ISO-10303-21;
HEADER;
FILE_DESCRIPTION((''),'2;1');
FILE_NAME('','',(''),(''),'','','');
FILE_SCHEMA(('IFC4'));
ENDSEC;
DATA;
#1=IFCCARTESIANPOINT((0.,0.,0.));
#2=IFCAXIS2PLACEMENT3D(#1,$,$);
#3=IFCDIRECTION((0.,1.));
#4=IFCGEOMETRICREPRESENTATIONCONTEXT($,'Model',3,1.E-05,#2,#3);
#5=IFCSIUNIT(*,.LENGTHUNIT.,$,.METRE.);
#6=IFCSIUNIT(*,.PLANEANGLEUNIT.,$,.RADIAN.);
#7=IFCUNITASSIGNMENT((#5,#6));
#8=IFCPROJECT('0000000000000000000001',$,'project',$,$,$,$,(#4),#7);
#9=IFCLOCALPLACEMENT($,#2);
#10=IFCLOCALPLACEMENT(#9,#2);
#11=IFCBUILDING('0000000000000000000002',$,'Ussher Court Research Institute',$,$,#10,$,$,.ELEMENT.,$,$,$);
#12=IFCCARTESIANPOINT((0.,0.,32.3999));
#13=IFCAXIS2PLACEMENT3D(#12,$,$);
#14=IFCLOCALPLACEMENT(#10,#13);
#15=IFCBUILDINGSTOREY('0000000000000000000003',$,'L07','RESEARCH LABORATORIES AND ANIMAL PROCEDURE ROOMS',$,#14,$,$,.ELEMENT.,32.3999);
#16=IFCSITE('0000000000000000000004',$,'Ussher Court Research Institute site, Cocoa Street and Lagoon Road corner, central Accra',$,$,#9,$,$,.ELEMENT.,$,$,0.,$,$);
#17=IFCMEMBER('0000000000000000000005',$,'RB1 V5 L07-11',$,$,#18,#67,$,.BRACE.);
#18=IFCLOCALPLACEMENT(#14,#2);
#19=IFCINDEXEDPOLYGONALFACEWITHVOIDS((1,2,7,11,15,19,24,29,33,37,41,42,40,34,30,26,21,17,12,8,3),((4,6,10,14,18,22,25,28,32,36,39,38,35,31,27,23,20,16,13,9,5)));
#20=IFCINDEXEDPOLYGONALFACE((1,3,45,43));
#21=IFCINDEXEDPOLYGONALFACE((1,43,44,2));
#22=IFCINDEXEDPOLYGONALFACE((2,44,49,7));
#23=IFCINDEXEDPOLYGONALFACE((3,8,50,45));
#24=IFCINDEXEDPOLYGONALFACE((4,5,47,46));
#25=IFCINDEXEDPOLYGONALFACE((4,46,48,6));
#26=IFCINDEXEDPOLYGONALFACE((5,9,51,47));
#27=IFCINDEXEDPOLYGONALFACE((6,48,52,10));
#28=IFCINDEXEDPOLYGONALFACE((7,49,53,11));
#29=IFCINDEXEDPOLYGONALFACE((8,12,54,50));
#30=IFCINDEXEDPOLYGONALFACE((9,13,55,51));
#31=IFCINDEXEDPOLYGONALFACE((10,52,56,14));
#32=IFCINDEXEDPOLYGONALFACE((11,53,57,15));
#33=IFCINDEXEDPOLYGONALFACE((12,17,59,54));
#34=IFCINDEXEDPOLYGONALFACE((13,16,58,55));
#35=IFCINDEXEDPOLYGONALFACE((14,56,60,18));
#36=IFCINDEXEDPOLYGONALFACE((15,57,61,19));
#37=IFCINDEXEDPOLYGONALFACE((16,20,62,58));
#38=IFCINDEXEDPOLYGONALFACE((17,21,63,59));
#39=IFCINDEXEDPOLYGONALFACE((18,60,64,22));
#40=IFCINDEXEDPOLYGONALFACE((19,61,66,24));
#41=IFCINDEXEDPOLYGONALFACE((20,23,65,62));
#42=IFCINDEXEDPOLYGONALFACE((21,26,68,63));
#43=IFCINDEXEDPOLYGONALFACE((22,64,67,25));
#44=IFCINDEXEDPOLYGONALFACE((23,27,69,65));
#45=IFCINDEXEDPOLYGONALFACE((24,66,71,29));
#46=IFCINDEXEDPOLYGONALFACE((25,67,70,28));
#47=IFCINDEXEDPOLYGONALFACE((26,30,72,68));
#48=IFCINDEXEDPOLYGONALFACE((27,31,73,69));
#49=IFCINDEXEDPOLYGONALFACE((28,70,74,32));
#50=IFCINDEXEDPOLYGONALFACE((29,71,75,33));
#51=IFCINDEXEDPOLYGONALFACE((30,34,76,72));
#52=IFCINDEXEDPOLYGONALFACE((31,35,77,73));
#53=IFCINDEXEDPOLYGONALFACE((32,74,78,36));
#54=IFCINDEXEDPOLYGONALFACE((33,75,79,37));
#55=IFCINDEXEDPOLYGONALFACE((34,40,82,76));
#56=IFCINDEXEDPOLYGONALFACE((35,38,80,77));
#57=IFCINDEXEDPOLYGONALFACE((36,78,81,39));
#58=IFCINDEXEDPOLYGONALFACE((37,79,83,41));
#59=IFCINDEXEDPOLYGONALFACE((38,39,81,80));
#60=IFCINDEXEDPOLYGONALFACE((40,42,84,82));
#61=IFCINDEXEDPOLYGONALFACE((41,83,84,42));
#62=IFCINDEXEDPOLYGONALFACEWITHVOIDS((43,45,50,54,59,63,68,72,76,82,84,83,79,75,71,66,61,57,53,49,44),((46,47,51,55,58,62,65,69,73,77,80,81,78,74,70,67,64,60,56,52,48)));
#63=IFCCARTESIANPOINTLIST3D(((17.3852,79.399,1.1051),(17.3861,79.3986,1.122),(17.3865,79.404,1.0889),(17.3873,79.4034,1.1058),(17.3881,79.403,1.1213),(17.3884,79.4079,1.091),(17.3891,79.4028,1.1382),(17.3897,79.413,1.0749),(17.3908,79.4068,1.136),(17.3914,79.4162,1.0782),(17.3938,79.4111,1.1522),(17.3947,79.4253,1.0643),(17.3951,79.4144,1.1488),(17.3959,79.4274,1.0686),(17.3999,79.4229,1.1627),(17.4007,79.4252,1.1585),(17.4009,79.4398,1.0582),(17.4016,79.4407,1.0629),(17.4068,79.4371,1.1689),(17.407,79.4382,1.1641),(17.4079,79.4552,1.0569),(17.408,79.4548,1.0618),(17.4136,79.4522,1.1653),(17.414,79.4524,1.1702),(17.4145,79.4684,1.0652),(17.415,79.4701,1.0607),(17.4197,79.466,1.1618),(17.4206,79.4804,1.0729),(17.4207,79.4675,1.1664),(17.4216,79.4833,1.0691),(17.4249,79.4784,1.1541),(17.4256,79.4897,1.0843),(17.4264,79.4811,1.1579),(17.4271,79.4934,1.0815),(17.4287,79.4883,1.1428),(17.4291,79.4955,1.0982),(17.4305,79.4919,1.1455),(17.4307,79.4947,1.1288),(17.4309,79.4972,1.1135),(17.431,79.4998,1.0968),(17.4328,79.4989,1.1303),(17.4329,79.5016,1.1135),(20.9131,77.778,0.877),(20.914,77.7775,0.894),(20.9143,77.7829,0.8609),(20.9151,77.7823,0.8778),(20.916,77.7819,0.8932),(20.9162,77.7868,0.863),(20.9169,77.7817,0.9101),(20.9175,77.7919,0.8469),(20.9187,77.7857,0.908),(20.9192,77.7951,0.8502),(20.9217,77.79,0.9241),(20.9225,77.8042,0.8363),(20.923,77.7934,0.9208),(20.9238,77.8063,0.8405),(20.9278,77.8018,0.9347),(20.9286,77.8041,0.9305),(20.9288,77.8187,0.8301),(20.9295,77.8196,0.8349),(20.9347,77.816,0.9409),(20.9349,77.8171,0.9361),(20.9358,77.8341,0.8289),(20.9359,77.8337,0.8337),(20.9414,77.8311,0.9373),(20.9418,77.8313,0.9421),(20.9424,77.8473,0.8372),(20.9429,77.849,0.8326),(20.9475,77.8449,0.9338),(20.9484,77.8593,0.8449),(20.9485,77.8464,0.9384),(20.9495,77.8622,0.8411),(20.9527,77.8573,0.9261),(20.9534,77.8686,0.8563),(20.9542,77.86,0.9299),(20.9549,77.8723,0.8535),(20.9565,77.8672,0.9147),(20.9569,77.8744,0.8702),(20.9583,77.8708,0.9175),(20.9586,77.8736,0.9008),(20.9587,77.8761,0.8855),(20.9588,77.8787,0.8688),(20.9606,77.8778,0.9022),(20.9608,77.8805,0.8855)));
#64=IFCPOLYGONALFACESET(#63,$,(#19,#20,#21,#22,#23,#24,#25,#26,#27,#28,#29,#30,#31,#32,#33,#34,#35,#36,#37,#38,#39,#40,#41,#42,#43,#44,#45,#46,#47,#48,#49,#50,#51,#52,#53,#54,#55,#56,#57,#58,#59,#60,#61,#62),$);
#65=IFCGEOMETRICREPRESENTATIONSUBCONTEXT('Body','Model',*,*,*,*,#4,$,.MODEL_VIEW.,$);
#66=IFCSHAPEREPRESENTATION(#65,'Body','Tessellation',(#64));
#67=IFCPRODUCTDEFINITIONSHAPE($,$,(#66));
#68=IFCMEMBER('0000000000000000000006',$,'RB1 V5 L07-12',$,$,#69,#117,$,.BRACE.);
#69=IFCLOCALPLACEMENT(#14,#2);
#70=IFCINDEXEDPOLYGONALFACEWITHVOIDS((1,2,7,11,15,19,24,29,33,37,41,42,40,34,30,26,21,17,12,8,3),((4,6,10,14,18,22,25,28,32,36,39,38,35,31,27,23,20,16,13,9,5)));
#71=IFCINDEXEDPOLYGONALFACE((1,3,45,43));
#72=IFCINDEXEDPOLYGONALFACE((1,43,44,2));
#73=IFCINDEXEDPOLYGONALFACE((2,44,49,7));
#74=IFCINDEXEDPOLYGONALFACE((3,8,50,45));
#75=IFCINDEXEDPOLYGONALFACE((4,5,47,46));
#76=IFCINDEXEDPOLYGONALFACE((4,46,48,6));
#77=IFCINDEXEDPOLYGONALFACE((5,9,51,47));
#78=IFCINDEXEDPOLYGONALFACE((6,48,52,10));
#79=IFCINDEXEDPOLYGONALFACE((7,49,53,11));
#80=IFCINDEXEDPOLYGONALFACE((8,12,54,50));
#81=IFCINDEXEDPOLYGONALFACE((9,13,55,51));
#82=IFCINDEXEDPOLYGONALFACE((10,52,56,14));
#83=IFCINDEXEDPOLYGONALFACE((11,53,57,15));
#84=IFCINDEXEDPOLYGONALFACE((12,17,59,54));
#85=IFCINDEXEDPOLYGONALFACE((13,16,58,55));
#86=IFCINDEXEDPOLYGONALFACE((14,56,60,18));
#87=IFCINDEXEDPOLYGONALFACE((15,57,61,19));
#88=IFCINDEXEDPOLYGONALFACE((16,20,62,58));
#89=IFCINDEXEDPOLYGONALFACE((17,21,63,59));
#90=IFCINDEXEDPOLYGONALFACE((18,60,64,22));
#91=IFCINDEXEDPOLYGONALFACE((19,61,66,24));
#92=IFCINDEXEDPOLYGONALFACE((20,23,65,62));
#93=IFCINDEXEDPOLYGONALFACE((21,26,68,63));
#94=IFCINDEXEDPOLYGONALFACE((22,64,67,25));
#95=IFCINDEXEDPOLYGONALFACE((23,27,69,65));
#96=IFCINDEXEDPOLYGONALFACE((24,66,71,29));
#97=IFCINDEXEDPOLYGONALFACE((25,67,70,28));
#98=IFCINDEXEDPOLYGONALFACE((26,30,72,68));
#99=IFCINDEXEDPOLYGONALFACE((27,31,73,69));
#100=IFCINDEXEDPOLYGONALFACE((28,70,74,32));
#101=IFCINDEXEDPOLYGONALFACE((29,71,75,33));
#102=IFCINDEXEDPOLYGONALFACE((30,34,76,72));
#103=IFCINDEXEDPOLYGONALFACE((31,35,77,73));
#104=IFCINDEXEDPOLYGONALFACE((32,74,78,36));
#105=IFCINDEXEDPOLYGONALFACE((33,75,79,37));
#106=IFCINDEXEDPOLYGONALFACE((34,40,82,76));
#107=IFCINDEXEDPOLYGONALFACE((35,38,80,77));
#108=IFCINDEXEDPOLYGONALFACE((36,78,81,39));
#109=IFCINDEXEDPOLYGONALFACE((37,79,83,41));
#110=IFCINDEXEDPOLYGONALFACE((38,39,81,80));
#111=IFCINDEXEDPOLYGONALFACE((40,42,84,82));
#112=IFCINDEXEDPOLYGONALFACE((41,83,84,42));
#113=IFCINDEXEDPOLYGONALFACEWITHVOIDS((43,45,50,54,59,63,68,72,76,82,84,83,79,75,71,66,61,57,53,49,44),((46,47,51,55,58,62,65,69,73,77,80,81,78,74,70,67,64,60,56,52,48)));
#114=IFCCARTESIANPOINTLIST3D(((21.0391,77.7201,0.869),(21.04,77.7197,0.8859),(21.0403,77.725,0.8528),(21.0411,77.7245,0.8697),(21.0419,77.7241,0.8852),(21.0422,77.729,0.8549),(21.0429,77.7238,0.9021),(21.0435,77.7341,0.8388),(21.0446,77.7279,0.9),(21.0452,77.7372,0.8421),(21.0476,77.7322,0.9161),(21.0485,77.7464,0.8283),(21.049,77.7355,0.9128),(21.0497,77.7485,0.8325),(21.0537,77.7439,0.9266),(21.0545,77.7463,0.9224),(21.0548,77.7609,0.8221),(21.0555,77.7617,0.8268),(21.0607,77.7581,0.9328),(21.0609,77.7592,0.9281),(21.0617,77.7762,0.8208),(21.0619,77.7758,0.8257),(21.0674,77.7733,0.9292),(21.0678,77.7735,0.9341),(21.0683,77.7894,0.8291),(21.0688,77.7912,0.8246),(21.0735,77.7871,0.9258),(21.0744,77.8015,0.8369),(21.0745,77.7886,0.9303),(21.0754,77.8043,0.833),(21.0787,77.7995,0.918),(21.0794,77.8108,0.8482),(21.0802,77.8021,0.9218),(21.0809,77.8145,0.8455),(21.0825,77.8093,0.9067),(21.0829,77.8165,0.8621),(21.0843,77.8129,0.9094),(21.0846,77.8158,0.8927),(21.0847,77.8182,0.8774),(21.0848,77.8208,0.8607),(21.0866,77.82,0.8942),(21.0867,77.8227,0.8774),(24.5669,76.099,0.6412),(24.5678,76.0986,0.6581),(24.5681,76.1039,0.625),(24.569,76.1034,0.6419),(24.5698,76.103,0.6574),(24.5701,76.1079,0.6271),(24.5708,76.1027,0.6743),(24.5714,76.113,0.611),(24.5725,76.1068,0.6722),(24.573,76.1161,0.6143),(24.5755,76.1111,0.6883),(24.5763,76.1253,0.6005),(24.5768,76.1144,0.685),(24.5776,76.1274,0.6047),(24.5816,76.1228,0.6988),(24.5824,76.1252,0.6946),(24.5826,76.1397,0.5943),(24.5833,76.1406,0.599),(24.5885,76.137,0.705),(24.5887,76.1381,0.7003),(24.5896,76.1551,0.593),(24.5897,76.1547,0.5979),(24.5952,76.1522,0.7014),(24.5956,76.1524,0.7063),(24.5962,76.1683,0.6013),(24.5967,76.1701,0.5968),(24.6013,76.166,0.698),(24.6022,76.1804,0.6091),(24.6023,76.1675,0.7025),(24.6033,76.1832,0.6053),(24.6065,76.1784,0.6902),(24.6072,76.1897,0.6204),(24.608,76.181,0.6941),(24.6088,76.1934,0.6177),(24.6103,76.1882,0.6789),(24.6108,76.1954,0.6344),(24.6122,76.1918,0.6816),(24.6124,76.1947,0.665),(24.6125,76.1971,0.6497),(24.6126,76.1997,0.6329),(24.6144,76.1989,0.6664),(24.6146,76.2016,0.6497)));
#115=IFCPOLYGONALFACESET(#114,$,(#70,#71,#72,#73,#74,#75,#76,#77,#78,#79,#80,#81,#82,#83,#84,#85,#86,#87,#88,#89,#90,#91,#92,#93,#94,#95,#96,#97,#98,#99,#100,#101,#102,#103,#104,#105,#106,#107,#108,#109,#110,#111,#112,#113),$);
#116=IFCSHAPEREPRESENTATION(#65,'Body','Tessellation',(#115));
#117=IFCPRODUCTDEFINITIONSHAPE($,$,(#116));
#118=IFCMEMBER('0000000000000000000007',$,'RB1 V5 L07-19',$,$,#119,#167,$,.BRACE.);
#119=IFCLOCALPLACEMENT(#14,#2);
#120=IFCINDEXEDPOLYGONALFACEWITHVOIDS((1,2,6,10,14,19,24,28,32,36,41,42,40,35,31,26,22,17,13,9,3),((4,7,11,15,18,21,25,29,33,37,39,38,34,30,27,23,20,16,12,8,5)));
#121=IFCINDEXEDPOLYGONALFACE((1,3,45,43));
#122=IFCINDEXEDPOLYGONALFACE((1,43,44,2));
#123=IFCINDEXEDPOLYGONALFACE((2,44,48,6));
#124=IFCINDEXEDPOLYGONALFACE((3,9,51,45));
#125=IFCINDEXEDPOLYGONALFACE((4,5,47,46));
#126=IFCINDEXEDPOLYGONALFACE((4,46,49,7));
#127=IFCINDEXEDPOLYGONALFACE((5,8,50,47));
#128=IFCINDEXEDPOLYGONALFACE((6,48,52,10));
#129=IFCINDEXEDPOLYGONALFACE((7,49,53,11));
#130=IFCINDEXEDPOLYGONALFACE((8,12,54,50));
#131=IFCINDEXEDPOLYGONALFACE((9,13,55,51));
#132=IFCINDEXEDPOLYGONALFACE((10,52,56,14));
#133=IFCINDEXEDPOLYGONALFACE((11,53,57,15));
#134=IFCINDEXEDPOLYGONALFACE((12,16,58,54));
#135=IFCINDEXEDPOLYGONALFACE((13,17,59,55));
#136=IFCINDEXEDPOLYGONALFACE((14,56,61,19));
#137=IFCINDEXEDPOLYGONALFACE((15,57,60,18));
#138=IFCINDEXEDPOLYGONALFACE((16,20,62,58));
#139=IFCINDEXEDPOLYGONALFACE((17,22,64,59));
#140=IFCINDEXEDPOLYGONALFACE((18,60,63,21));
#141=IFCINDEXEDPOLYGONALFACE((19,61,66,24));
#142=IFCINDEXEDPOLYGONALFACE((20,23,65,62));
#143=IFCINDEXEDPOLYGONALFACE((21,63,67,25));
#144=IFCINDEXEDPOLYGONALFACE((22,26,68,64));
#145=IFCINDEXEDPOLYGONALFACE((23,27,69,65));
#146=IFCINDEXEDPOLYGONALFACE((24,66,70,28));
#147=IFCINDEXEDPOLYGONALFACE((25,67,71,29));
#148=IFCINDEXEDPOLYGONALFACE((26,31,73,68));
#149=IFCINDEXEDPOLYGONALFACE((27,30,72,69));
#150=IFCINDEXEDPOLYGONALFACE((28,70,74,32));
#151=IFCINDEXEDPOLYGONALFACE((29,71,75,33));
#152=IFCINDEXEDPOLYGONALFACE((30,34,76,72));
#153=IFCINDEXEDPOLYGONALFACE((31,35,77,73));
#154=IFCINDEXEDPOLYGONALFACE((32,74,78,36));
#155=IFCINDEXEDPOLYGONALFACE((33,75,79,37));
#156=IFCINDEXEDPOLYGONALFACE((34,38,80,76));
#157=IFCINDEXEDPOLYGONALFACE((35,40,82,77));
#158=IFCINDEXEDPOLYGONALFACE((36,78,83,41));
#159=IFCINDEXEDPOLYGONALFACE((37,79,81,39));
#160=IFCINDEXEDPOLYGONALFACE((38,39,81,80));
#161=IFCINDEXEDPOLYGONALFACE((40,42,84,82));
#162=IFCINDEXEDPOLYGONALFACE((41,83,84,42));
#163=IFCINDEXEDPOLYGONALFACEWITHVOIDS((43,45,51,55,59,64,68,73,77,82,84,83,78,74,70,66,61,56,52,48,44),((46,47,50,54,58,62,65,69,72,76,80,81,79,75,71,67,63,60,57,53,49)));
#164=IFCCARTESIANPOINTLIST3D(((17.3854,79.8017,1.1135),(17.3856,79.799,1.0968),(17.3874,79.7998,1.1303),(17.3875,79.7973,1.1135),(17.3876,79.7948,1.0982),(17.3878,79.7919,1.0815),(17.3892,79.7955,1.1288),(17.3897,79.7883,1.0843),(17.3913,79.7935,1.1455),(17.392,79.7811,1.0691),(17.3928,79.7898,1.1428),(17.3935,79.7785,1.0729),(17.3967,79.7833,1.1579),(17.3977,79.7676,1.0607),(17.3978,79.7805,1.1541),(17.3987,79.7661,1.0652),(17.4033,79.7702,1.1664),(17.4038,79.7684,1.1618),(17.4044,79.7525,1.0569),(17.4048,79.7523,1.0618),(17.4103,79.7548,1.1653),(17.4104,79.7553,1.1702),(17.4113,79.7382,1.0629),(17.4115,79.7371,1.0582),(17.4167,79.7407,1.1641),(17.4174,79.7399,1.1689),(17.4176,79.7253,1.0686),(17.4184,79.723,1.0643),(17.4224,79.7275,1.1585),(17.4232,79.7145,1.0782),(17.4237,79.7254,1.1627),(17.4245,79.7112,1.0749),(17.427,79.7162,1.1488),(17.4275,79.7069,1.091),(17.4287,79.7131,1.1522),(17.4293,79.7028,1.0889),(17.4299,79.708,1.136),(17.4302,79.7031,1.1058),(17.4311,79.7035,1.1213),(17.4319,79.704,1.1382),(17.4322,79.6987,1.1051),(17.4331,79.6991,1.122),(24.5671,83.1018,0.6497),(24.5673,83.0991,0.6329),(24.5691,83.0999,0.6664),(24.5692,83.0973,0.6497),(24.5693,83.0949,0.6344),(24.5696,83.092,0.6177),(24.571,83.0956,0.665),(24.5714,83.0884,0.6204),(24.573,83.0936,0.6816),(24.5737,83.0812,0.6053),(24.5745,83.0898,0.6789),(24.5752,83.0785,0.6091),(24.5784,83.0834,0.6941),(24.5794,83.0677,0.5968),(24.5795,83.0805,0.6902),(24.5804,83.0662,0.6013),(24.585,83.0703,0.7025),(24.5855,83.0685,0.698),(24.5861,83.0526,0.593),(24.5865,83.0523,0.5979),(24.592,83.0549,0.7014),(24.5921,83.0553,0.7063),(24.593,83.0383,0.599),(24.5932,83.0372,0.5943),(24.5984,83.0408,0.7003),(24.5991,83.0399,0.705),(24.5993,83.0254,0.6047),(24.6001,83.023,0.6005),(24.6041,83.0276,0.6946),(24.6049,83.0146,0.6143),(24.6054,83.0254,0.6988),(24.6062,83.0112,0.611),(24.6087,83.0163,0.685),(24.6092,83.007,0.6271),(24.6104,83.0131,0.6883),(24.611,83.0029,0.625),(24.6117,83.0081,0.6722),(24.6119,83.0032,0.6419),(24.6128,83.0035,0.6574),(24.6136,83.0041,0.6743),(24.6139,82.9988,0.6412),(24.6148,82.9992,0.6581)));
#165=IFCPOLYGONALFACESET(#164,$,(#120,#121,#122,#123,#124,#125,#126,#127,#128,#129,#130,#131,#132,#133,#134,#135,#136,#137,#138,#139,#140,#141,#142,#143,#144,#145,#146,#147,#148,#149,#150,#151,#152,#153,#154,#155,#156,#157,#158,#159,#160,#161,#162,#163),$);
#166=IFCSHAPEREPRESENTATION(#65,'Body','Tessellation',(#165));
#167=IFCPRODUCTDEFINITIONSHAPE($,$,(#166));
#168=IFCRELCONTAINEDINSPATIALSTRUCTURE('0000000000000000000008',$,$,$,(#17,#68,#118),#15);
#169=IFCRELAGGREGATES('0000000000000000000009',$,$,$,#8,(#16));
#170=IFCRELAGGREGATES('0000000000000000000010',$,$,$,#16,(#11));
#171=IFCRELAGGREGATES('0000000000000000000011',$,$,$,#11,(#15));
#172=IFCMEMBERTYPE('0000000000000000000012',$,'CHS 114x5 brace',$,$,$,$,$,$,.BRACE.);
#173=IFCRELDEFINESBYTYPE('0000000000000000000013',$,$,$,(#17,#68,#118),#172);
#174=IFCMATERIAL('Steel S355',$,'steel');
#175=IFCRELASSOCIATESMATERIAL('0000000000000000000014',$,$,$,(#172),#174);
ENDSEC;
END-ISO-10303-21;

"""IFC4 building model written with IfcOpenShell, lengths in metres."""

from ifc_helpers import new_model, si_unit, direction, frame, origin, origin_2d, place, context, subcontext, project, spatial, hollow_circle, extrude, material, material_profile, profile_set, type_object, element, save


model = new_model("IFC4")

# Units and contexts
model_context = context("Model", 3, precision=1e-05, world=origin(), true_north=direction((0.0, 1.0)))
body_context = subcontext(model_context, "Body", "Model", "MODEL_VIEW")
ifc_project = project(units=[si_unit("LENGTHUNIT", "METRE"), si_unit("PLANEANGLEUNIT", "RADIAN")], contexts=[model_context])

# Site, building, storey
site_placement = place(None, origin())
site = spatial("IfcSite", under=ifc_project, at=site_placement, Name="Ussher Court Research Institute site, Cocoa Street and Lagoon Road corner, central Accra", CompositionType="ELEMENT", RefElevation=0.0)
building_placement = place(site_placement, origin())
building = spatial("IfcBuilding", under=site, at=building_placement, Name="Ussher Court Research Institute", CompositionType="ELEMENT")
storey_placement = place(building_placement, frame((0.0, 0.0, 32.3999)))
storey = spatial("IfcBuildingStorey", under=building, at=storey_placement, Name="L07", Description="RESEARCH LABORATORIES AND ANIMAL PROCEDURE ROOMS", CompositionType="ELEMENT", Elevation=32.3999)

# Members
ifc_material_1 = material(Name="Steel S355", Category="steel")
ifc_material_profile_1 = material_profile(ifc_material_1, hollow_circle(Radius=0.0569, WallThickness=0.0049, at=origin_2d()), Name="CHS 114x5")
ifc_profile_set_1 = profile_set([ifc_material_profile_1], Name="Steel S355")
member_type_1 = type_object("IfcMemberType", Name="CHS 114x5 brace", PredefinedType="BRACE", material=ifc_profile_set_1)
for number, where, z_axis, x_axis, name in (
    (1, (17.4092, 79.45, 1.1135), (0.907094, -0.416824, -0.058632), (0.417542, 0.908658, 0.0), "RB1 V5 L07-11"),
    (2, (21.063, 77.771, 0.8774), (0.907098, -0.416826, -0.058569), (0.417542, 0.908658, 0.0), "RB1 V5 L07-12"),
):
    element("IfcMember", number, at=place(storey_placement, frame(where, z_axis=z_axis, x_axis=x_axis)), inside=storey, type_object=member_type_1, Name=name, PredefinedType="BRACE", context=body_context, shape_type="SweptSolid", body=[
        extrude(hollow_circle(Radius=0.0569, WallThickness=0.0049, at=origin_2d()), origin(), (0.0, 0.0, 1.0), 3.8892),
    ])
member_1_placement = place(storey_placement, frame((17.4092, 79.75, 1.1135), z_axis=(0.907098, 0.416822, -0.05859), x_axis=(-0.417539, 0.908659, 0.0)))
element("IfcMember", 3, at=member_1_placement, inside=storey, type_object=member_type_1, Name="RB1 V5 L07-19", PredefinedType="BRACE", context=body_context, shape_type="SweptSolid", body=[
    extrude(hollow_circle(Radius=0.0569, WallThickness=0.0049, at=origin_2d()), origin(), (0.0, 0.0, 1.0), 7.9172),
])

save(model, "model.ifc")
